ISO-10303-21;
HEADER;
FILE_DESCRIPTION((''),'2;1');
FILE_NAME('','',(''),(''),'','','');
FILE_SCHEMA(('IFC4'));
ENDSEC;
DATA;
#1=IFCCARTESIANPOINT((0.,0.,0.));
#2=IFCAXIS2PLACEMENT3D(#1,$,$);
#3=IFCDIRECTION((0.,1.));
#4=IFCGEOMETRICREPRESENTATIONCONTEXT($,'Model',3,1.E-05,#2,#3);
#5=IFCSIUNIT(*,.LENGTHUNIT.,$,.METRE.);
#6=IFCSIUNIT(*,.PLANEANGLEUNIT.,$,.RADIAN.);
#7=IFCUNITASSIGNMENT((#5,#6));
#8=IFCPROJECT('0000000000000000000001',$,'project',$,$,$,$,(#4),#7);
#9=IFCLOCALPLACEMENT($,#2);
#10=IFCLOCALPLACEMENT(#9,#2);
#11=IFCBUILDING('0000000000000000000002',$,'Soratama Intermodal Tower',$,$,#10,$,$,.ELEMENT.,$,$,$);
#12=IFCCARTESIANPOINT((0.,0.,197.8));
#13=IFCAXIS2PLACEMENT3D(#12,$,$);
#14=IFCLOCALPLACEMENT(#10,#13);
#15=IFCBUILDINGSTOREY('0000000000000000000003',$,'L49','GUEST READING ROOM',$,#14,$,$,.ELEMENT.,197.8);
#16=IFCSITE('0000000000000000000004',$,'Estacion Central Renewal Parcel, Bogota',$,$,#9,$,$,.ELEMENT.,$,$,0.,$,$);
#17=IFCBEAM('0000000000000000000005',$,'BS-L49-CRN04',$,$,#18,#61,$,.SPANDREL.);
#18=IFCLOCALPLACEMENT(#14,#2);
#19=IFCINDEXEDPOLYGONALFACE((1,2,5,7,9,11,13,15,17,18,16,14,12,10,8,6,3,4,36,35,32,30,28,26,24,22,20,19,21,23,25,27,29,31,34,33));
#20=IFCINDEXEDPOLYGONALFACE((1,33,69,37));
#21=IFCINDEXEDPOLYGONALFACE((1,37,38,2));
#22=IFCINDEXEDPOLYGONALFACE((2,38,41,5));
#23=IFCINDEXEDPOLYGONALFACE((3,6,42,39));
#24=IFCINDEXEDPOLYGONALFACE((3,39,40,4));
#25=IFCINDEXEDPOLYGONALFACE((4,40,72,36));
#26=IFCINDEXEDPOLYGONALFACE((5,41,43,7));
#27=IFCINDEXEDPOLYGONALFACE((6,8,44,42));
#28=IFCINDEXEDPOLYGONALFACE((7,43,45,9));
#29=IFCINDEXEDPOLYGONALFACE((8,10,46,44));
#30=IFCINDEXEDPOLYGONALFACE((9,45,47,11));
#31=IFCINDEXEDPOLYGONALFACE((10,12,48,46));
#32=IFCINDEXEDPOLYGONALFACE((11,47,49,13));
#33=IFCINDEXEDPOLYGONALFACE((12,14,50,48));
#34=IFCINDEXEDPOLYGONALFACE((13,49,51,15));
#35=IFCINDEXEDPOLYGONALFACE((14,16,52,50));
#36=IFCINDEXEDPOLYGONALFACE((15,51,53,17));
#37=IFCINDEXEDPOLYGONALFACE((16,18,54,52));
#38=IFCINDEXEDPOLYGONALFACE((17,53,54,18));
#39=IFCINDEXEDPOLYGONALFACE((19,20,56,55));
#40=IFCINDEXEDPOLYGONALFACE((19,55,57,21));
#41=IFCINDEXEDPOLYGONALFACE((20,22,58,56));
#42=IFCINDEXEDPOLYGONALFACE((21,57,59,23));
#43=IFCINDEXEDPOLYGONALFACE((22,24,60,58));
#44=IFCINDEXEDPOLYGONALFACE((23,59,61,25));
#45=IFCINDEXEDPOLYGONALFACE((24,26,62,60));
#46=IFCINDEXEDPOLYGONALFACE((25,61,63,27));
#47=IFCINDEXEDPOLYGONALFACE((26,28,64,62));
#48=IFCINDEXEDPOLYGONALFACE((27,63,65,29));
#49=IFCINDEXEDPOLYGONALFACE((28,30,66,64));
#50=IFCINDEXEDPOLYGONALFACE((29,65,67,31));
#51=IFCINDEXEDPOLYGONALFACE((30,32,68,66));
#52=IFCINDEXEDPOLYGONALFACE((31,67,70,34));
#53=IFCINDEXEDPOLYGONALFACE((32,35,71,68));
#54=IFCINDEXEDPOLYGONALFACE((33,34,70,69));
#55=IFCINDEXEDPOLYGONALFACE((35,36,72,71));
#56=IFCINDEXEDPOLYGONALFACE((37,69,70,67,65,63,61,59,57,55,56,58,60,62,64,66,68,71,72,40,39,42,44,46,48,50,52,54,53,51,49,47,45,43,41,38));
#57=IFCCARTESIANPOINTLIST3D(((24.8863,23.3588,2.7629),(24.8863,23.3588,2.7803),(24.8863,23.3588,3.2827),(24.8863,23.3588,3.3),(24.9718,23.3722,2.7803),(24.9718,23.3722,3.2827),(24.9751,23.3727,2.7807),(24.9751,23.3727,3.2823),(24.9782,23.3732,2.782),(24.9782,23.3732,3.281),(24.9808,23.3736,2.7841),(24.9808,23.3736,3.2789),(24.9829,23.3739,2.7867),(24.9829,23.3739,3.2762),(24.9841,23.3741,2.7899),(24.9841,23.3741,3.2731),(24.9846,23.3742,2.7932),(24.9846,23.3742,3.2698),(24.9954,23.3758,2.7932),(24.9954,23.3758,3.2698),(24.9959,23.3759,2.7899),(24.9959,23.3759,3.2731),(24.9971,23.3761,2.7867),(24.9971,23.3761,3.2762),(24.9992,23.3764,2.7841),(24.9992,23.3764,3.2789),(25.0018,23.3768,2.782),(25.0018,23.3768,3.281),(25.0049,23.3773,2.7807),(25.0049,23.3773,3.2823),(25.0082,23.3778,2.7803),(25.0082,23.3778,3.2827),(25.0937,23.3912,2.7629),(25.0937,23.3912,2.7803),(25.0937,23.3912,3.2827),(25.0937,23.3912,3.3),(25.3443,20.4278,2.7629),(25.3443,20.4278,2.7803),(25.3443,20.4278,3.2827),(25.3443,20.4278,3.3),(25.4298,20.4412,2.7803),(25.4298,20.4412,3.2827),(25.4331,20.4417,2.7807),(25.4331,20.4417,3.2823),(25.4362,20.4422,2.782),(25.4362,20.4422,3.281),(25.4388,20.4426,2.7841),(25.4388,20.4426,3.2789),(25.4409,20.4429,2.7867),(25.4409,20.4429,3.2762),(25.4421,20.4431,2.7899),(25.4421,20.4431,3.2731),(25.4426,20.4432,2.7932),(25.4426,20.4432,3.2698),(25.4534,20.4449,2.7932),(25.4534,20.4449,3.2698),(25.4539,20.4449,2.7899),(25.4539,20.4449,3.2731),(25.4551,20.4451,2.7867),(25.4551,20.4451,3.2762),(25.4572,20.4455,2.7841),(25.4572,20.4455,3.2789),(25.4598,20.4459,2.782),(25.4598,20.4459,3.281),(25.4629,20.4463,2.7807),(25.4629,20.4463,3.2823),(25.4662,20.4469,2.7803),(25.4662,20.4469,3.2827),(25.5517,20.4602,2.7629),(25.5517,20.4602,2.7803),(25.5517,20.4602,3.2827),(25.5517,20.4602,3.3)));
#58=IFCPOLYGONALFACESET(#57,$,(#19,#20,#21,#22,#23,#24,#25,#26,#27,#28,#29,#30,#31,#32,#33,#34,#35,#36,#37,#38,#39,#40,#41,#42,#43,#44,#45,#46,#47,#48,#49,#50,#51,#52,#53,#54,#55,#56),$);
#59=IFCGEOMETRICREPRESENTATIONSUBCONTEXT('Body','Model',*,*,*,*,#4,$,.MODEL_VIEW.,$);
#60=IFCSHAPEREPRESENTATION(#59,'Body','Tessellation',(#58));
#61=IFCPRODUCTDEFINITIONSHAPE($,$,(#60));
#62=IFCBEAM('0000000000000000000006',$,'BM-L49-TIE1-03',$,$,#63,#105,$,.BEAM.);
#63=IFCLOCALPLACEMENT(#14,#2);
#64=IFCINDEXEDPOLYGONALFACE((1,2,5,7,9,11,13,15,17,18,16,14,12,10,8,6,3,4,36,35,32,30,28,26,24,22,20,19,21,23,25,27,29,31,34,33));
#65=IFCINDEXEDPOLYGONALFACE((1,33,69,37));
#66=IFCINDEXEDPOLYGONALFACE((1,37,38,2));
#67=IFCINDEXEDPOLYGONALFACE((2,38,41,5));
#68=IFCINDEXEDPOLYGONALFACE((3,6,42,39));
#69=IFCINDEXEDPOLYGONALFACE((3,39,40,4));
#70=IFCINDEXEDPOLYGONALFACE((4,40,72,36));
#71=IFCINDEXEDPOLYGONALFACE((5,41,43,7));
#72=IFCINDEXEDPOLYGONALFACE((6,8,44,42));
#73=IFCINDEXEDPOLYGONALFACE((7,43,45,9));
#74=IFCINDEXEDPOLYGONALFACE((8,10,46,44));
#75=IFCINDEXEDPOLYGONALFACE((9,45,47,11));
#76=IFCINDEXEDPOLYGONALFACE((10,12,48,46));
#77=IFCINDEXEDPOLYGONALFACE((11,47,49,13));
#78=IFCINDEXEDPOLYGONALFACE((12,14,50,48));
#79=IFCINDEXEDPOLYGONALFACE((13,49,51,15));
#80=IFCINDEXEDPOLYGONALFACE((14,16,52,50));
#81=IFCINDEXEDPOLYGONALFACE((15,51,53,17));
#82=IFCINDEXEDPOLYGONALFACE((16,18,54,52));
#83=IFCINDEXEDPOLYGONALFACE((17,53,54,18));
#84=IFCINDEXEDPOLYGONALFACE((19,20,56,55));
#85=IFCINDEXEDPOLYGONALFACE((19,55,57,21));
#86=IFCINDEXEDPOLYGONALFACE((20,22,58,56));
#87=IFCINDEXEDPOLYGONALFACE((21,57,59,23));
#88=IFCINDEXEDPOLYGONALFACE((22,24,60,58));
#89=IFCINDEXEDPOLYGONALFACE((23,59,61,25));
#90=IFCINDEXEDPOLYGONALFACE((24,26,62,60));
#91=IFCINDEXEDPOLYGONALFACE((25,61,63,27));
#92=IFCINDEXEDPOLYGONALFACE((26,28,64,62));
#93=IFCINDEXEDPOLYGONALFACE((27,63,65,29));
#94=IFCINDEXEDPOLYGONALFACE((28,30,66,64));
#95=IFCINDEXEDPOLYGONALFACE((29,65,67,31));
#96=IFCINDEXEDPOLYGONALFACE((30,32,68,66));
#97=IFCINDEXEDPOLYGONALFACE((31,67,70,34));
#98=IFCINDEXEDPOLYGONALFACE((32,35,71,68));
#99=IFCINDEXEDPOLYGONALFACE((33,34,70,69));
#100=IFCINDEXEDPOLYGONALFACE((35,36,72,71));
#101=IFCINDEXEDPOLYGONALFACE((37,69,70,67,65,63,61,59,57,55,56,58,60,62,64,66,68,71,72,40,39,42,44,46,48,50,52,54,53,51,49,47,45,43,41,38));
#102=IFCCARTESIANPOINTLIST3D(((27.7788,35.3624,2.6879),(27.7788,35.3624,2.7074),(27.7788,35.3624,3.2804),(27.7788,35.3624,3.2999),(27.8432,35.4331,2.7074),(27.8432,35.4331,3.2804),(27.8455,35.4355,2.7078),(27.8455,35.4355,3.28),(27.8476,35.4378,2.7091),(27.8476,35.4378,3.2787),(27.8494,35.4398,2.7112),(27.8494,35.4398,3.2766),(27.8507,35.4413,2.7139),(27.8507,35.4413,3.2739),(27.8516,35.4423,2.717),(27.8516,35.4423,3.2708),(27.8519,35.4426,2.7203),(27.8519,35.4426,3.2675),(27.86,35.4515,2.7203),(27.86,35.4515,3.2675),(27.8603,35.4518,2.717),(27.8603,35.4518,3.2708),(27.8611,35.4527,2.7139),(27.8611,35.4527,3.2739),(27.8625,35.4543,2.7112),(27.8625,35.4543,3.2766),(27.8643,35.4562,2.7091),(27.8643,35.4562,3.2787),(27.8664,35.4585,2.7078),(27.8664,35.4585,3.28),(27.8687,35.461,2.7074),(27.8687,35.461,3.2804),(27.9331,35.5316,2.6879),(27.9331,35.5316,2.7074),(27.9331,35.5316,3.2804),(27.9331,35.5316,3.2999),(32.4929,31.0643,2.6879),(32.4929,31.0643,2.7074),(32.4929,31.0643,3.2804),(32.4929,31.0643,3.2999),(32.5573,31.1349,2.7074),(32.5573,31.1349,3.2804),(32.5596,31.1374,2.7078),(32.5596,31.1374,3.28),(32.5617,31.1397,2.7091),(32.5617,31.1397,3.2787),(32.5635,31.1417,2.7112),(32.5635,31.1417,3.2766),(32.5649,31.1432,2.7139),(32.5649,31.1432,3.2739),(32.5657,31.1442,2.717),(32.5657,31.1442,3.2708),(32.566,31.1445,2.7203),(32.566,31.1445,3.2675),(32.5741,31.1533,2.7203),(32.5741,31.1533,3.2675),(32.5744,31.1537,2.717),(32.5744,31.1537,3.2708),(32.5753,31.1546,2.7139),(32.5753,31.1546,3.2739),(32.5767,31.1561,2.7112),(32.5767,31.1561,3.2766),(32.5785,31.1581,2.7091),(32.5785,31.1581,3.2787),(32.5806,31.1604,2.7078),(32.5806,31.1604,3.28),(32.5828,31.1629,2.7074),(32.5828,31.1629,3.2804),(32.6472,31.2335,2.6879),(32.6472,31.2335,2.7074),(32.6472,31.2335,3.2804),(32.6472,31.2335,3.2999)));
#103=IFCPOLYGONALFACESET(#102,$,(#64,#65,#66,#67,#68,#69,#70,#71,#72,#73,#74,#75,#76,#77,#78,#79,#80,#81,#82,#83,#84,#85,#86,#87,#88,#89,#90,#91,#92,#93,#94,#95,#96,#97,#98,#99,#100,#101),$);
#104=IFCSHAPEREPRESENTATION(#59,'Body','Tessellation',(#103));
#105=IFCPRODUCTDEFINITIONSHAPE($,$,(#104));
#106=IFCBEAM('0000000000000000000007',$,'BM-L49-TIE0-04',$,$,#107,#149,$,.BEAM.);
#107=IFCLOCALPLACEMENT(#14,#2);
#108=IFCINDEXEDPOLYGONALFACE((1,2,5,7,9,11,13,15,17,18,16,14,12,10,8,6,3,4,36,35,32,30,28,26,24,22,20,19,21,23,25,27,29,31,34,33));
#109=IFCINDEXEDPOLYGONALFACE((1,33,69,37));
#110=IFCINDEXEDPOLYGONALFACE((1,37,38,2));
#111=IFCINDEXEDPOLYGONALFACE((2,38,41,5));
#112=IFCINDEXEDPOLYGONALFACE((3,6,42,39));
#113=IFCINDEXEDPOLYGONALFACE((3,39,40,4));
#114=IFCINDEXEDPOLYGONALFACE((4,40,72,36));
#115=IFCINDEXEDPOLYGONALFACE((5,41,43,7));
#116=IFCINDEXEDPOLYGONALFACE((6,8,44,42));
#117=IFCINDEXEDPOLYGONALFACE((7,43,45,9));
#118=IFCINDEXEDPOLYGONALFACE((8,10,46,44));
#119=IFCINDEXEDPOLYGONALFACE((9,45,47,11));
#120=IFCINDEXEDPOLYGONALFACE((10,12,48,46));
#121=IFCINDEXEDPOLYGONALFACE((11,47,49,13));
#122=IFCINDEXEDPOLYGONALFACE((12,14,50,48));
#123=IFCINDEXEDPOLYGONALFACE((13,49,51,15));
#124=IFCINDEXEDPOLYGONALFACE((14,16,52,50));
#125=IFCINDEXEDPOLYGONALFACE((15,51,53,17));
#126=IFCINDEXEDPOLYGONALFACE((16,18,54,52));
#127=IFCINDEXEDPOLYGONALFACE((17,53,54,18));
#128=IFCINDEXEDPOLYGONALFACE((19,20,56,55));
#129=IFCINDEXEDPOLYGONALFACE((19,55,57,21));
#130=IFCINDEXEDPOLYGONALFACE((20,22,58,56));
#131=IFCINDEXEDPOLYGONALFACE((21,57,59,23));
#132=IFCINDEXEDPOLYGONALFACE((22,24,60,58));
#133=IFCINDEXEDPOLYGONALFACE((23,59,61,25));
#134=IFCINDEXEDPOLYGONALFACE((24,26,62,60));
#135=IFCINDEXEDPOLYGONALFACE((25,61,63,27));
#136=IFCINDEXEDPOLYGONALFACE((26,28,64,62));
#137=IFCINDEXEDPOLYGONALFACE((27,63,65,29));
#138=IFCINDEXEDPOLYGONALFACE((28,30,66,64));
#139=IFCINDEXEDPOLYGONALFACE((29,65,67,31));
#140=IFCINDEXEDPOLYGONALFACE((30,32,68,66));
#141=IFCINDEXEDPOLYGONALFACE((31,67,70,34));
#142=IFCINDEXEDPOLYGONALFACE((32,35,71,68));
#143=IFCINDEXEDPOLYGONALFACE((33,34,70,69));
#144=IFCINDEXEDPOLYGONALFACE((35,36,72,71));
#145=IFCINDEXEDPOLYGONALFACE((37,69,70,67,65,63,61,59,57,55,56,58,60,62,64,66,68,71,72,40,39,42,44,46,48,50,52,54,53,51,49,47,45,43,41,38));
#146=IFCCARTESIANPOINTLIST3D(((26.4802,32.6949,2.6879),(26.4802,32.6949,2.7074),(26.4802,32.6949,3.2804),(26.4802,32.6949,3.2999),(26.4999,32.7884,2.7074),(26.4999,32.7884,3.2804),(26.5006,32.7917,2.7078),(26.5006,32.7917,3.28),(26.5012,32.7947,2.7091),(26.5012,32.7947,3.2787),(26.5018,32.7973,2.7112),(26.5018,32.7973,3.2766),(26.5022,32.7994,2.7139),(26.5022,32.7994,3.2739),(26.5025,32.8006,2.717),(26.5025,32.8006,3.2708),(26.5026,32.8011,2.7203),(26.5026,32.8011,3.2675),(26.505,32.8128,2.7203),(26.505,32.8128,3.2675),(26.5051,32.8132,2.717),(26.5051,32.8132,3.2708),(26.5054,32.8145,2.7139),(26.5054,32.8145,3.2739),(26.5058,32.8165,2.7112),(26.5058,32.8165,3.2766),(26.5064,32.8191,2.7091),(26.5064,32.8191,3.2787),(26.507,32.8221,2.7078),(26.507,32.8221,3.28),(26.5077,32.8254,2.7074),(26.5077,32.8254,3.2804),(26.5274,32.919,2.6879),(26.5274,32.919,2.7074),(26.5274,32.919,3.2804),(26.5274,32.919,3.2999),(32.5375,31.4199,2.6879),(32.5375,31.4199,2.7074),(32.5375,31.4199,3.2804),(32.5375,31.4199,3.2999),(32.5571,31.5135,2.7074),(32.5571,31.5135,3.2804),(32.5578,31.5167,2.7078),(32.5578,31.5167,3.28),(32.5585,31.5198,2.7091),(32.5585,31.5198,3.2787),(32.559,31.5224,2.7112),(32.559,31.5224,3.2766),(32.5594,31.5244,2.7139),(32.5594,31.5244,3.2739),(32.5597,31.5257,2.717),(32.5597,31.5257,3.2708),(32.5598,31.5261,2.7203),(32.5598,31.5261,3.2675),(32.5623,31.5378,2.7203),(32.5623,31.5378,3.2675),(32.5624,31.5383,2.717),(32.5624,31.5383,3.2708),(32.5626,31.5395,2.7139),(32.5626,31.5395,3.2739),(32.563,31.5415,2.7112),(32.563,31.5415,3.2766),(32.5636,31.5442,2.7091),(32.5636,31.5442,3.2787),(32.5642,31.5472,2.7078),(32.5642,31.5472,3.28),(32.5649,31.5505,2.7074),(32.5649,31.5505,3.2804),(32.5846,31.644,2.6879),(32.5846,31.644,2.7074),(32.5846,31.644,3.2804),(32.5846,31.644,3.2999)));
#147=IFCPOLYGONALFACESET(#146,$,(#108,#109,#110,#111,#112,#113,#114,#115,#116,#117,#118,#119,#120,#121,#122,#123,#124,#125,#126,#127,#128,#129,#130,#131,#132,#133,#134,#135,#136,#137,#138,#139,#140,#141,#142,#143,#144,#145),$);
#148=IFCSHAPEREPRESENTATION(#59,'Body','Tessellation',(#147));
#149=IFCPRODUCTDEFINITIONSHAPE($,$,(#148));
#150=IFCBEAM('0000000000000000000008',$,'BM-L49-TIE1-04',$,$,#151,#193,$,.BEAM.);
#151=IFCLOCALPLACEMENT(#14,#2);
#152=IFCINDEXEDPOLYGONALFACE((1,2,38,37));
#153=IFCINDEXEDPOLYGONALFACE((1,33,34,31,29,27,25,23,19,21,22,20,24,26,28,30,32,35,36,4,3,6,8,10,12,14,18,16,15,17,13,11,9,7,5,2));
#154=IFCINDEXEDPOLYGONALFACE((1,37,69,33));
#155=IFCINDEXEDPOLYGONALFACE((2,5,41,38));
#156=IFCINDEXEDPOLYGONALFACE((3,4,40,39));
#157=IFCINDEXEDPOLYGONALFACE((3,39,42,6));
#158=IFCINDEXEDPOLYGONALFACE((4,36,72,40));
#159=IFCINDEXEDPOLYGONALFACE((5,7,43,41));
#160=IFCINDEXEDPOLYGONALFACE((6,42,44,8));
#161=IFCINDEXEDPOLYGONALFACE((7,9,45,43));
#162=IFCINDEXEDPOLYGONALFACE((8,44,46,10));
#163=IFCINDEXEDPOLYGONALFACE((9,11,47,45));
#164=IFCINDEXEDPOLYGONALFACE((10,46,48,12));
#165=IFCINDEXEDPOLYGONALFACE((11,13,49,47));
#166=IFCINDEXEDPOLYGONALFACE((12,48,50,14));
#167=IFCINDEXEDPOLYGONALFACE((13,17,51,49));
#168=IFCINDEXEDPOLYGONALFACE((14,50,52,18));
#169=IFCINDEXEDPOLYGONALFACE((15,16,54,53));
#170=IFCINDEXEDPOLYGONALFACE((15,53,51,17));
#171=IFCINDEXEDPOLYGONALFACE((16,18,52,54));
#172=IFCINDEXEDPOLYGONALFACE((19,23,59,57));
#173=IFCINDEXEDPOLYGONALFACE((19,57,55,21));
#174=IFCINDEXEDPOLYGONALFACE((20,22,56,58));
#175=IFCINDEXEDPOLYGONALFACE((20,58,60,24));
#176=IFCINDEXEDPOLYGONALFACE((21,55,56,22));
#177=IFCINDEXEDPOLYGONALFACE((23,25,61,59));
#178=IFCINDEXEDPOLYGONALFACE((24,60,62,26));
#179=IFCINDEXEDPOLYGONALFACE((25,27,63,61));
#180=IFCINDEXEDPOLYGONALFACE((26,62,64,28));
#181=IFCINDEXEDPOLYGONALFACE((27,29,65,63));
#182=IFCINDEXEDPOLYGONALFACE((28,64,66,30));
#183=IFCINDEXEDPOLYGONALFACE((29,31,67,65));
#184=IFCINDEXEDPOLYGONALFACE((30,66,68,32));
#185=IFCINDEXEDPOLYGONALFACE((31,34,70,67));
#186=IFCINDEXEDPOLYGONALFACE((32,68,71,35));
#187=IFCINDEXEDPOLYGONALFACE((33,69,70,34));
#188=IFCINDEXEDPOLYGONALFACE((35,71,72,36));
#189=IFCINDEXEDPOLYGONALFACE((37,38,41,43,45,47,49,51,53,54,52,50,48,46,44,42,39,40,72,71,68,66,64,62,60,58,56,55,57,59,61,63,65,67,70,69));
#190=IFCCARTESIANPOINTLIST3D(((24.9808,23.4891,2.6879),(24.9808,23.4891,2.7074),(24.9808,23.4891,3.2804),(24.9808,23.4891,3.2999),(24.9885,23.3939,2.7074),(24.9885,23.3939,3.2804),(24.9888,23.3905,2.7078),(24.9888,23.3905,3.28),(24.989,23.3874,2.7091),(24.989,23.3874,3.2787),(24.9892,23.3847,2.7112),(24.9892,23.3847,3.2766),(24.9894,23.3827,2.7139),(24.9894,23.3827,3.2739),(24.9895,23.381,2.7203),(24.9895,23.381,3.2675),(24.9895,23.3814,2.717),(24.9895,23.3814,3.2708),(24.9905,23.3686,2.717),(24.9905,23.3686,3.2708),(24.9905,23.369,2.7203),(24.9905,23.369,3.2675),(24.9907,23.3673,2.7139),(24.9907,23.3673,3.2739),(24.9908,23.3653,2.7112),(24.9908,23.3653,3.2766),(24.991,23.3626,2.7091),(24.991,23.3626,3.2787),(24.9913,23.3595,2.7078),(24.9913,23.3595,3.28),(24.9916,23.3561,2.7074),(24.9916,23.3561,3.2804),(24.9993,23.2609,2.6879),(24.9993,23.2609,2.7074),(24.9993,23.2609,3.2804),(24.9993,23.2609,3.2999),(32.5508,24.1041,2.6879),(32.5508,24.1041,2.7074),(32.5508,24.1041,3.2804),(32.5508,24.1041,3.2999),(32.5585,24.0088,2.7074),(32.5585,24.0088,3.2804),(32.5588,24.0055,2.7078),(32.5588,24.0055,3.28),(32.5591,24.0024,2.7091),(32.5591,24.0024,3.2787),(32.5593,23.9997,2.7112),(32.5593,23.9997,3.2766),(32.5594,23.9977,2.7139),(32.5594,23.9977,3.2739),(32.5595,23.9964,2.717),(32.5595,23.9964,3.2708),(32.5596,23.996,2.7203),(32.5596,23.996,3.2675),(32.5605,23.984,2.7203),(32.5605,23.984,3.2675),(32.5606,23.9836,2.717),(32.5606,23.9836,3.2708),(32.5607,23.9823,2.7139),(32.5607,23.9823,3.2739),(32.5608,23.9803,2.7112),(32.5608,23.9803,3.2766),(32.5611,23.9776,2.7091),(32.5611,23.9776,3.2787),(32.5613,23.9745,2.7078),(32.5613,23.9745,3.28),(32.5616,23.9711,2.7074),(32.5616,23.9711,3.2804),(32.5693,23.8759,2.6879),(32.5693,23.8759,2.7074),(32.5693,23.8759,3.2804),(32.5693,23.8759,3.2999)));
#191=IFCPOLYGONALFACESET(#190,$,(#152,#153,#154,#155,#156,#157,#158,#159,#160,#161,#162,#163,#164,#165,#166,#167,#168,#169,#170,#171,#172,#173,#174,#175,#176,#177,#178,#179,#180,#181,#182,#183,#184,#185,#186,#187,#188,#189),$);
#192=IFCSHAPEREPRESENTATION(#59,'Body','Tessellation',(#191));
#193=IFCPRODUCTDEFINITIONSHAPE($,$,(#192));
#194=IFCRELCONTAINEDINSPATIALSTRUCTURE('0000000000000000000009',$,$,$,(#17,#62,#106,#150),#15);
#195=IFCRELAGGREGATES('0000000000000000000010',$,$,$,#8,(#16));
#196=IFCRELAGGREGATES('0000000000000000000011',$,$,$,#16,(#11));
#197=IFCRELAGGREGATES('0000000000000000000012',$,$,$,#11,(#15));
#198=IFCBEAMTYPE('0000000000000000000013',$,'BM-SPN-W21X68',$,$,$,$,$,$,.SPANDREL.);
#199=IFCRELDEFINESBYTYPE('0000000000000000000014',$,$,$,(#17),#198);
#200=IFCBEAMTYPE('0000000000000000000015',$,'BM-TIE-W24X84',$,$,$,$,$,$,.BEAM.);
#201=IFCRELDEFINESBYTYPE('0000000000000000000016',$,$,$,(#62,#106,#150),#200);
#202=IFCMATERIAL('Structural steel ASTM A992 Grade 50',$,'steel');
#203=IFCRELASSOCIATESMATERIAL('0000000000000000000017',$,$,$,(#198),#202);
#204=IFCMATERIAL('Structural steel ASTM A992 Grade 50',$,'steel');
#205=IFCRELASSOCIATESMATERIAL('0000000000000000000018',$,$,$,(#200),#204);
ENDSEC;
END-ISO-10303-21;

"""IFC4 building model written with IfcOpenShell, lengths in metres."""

from ifc_helpers import new_model, si_unit, direction, frame, origin, origin_2d, place, context, subcontext, project, spatial, i_section, extrude, material, material_profile, profile_set, type_object, element, save


model = new_model("IFC4")

# Units and contexts
model_context = context("Model", 3, precision=1e-05, world=origin(), true_north=direction((0.0, 1.0)))
body_context = subcontext(model_context, "Body", "Model", "MODEL_VIEW")
ifc_project = project(units=[si_unit("LENGTHUNIT", "METRE"), si_unit("PLANEANGLEUNIT", "RADIAN")], contexts=[model_context])

# Site, building, storey
site_placement = place(None, origin())
site = spatial("IfcSite", under=ifc_project, at=site_placement, Name="Estacion Central Renewal Parcel, Bogota", CompositionType="ELEMENT", RefElevation=0.0)
building_placement = place(site_placement, origin())
building = spatial("IfcBuilding", under=site, at=building_placement, Name="Soratama Intermodal Tower", CompositionType="ELEMENT")
storey_placement = place(building_placement, frame((0.0, 0.0, 197.8)))
storey = spatial("IfcBuildingStorey", under=building, at=storey_placement, Name="L49", Description="GUEST READING ROOM", CompositionType="ELEMENT", Elevation=197.8)

# Beams
ifc_material_1 = material(Name="Structural steel ASTM A992 Grade 50", Category="steel")
ifc_material_profile_1 = material_profile(ifc_material_1, i_section(OverallWidth=0.21, OverallDepth=0.5371, WebThickness=0.011, FlangeThickness=0.0173, FilletRadius=0.0129, at=origin_2d()), Name="W21X68")
ifc_profile_set_1 = profile_set([ifc_material_profile_1], Name="Structural steel ASTM A992 Grade 50")
beam_type_1 = type_object("IfcBeamType", Name="BM-SPN-W21X68", PredefinedType="SPANDREL", material=ifc_profile_set_1)
beam_1_placement = place(storey_placement, frame((24.99, 23.375, 3.0315), z_axis=(0.154394, -0.988009, 0.0), x_axis=(0.988009, 0.154394, 0.0)))
element("IfcBeam", 1, at=beam_1_placement, inside=storey, type_object=beam_type_1, Name="BS-L49-CRN04", PredefinedType="SPANDREL", context=body_context, shape_type="SweptSolid", body=[
    extrude(i_section(OverallWidth=0.21, OverallDepth=0.5371, WebThickness=0.011, FlangeThickness=0.0173, FilletRadius=0.0129, at=origin_2d()), origin(), (0.0, 0.0, 1.0), 2.9666),
])
ifc_material_2 = material(Name="Structural steel ASTM A992 Grade 50", Category="steel")
ifc_material_profile_2 = material_profile(ifc_material_2, i_section(OverallWidth=0.229, OverallDepth=0.6121, WebThickness=0.012, FlangeThickness=0.0195, FilletRadius=0.0129, at=origin_2d()), Name="W24X84")
ifc_profile_set_2 = profile_set([ifc_material_profile_2], Name="Structural steel ASTM A992 Grade 50")
beam_type_2 = type_object("IfcBeamType", Name="BM-TIE-W24X84", PredefinedType="BEAM", material=ifc_profile_set_2)
beam_2_placement = place(storey_placement, frame((32.5701, 31.1489, 2.9939), z_axis=(-0.738961, 0.673748, 0.0), x_axis=(-0.673748, -0.738961, 0.0)))
element("IfcBeam", 2, at=beam_2_placement, inside=storey, type_object=beam_type_2, Name="BM-L49-TIE1-03", PredefinedType="BEAM", context=body_context, shape_type="SweptSolid", body=[
    extrude(i_section(OverallWidth=0.229, OverallDepth=0.6121, WebThickness=0.012, FlangeThickness=0.0195, FilletRadius=0.0129, at=origin_2d()), origin(), (0.0, 0.0, 1.0), 6.3794),
])
beam_3_placement = place(storey_placement, frame((32.561, 31.532, 2.9939), z_axis=(-0.978559, 0.205967, 0.0), x_axis=(-0.205967, -0.978559, 0.0)))
element("IfcBeam", 3, at=beam_3_placement, inside=storey, type_object=beam_type_2, Name="BM-L49-TIE0-04", PredefinedType="BEAM", context=body_context, shape_type="SweptSolid", body=[
    extrude(i_section(OverallWidth=0.229, OverallDepth=0.6121, WebThickness=0.012, FlangeThickness=0.0195, FilletRadius=0.0129, at=origin_2d()), origin(), (0.0, 0.0, 1.0), 6.1899),
])
beam_4_placement = place(storey_placement, frame((32.5601, 23.99, 2.9939), z_axis=(-0.996716, -0.080973, 0.0), x_axis=(0.080973, -0.996716, 0.0)))
element("IfcBeam", 4, at=beam_4_placement, inside=storey, type_object=beam_type_2, Name="BM-L49-TIE1-04", PredefinedType="BEAM", context=body_context, shape_type="SweptSolid", body=[
    extrude(i_section(OverallWidth=0.229, OverallDepth=0.6121, WebThickness=0.012, FlangeThickness=0.0195, FilletRadius=0.0129, at=origin_2d()), origin(), (0.0, 0.0, 1.0), 7.595),
])

save(model, "model.ifc")
